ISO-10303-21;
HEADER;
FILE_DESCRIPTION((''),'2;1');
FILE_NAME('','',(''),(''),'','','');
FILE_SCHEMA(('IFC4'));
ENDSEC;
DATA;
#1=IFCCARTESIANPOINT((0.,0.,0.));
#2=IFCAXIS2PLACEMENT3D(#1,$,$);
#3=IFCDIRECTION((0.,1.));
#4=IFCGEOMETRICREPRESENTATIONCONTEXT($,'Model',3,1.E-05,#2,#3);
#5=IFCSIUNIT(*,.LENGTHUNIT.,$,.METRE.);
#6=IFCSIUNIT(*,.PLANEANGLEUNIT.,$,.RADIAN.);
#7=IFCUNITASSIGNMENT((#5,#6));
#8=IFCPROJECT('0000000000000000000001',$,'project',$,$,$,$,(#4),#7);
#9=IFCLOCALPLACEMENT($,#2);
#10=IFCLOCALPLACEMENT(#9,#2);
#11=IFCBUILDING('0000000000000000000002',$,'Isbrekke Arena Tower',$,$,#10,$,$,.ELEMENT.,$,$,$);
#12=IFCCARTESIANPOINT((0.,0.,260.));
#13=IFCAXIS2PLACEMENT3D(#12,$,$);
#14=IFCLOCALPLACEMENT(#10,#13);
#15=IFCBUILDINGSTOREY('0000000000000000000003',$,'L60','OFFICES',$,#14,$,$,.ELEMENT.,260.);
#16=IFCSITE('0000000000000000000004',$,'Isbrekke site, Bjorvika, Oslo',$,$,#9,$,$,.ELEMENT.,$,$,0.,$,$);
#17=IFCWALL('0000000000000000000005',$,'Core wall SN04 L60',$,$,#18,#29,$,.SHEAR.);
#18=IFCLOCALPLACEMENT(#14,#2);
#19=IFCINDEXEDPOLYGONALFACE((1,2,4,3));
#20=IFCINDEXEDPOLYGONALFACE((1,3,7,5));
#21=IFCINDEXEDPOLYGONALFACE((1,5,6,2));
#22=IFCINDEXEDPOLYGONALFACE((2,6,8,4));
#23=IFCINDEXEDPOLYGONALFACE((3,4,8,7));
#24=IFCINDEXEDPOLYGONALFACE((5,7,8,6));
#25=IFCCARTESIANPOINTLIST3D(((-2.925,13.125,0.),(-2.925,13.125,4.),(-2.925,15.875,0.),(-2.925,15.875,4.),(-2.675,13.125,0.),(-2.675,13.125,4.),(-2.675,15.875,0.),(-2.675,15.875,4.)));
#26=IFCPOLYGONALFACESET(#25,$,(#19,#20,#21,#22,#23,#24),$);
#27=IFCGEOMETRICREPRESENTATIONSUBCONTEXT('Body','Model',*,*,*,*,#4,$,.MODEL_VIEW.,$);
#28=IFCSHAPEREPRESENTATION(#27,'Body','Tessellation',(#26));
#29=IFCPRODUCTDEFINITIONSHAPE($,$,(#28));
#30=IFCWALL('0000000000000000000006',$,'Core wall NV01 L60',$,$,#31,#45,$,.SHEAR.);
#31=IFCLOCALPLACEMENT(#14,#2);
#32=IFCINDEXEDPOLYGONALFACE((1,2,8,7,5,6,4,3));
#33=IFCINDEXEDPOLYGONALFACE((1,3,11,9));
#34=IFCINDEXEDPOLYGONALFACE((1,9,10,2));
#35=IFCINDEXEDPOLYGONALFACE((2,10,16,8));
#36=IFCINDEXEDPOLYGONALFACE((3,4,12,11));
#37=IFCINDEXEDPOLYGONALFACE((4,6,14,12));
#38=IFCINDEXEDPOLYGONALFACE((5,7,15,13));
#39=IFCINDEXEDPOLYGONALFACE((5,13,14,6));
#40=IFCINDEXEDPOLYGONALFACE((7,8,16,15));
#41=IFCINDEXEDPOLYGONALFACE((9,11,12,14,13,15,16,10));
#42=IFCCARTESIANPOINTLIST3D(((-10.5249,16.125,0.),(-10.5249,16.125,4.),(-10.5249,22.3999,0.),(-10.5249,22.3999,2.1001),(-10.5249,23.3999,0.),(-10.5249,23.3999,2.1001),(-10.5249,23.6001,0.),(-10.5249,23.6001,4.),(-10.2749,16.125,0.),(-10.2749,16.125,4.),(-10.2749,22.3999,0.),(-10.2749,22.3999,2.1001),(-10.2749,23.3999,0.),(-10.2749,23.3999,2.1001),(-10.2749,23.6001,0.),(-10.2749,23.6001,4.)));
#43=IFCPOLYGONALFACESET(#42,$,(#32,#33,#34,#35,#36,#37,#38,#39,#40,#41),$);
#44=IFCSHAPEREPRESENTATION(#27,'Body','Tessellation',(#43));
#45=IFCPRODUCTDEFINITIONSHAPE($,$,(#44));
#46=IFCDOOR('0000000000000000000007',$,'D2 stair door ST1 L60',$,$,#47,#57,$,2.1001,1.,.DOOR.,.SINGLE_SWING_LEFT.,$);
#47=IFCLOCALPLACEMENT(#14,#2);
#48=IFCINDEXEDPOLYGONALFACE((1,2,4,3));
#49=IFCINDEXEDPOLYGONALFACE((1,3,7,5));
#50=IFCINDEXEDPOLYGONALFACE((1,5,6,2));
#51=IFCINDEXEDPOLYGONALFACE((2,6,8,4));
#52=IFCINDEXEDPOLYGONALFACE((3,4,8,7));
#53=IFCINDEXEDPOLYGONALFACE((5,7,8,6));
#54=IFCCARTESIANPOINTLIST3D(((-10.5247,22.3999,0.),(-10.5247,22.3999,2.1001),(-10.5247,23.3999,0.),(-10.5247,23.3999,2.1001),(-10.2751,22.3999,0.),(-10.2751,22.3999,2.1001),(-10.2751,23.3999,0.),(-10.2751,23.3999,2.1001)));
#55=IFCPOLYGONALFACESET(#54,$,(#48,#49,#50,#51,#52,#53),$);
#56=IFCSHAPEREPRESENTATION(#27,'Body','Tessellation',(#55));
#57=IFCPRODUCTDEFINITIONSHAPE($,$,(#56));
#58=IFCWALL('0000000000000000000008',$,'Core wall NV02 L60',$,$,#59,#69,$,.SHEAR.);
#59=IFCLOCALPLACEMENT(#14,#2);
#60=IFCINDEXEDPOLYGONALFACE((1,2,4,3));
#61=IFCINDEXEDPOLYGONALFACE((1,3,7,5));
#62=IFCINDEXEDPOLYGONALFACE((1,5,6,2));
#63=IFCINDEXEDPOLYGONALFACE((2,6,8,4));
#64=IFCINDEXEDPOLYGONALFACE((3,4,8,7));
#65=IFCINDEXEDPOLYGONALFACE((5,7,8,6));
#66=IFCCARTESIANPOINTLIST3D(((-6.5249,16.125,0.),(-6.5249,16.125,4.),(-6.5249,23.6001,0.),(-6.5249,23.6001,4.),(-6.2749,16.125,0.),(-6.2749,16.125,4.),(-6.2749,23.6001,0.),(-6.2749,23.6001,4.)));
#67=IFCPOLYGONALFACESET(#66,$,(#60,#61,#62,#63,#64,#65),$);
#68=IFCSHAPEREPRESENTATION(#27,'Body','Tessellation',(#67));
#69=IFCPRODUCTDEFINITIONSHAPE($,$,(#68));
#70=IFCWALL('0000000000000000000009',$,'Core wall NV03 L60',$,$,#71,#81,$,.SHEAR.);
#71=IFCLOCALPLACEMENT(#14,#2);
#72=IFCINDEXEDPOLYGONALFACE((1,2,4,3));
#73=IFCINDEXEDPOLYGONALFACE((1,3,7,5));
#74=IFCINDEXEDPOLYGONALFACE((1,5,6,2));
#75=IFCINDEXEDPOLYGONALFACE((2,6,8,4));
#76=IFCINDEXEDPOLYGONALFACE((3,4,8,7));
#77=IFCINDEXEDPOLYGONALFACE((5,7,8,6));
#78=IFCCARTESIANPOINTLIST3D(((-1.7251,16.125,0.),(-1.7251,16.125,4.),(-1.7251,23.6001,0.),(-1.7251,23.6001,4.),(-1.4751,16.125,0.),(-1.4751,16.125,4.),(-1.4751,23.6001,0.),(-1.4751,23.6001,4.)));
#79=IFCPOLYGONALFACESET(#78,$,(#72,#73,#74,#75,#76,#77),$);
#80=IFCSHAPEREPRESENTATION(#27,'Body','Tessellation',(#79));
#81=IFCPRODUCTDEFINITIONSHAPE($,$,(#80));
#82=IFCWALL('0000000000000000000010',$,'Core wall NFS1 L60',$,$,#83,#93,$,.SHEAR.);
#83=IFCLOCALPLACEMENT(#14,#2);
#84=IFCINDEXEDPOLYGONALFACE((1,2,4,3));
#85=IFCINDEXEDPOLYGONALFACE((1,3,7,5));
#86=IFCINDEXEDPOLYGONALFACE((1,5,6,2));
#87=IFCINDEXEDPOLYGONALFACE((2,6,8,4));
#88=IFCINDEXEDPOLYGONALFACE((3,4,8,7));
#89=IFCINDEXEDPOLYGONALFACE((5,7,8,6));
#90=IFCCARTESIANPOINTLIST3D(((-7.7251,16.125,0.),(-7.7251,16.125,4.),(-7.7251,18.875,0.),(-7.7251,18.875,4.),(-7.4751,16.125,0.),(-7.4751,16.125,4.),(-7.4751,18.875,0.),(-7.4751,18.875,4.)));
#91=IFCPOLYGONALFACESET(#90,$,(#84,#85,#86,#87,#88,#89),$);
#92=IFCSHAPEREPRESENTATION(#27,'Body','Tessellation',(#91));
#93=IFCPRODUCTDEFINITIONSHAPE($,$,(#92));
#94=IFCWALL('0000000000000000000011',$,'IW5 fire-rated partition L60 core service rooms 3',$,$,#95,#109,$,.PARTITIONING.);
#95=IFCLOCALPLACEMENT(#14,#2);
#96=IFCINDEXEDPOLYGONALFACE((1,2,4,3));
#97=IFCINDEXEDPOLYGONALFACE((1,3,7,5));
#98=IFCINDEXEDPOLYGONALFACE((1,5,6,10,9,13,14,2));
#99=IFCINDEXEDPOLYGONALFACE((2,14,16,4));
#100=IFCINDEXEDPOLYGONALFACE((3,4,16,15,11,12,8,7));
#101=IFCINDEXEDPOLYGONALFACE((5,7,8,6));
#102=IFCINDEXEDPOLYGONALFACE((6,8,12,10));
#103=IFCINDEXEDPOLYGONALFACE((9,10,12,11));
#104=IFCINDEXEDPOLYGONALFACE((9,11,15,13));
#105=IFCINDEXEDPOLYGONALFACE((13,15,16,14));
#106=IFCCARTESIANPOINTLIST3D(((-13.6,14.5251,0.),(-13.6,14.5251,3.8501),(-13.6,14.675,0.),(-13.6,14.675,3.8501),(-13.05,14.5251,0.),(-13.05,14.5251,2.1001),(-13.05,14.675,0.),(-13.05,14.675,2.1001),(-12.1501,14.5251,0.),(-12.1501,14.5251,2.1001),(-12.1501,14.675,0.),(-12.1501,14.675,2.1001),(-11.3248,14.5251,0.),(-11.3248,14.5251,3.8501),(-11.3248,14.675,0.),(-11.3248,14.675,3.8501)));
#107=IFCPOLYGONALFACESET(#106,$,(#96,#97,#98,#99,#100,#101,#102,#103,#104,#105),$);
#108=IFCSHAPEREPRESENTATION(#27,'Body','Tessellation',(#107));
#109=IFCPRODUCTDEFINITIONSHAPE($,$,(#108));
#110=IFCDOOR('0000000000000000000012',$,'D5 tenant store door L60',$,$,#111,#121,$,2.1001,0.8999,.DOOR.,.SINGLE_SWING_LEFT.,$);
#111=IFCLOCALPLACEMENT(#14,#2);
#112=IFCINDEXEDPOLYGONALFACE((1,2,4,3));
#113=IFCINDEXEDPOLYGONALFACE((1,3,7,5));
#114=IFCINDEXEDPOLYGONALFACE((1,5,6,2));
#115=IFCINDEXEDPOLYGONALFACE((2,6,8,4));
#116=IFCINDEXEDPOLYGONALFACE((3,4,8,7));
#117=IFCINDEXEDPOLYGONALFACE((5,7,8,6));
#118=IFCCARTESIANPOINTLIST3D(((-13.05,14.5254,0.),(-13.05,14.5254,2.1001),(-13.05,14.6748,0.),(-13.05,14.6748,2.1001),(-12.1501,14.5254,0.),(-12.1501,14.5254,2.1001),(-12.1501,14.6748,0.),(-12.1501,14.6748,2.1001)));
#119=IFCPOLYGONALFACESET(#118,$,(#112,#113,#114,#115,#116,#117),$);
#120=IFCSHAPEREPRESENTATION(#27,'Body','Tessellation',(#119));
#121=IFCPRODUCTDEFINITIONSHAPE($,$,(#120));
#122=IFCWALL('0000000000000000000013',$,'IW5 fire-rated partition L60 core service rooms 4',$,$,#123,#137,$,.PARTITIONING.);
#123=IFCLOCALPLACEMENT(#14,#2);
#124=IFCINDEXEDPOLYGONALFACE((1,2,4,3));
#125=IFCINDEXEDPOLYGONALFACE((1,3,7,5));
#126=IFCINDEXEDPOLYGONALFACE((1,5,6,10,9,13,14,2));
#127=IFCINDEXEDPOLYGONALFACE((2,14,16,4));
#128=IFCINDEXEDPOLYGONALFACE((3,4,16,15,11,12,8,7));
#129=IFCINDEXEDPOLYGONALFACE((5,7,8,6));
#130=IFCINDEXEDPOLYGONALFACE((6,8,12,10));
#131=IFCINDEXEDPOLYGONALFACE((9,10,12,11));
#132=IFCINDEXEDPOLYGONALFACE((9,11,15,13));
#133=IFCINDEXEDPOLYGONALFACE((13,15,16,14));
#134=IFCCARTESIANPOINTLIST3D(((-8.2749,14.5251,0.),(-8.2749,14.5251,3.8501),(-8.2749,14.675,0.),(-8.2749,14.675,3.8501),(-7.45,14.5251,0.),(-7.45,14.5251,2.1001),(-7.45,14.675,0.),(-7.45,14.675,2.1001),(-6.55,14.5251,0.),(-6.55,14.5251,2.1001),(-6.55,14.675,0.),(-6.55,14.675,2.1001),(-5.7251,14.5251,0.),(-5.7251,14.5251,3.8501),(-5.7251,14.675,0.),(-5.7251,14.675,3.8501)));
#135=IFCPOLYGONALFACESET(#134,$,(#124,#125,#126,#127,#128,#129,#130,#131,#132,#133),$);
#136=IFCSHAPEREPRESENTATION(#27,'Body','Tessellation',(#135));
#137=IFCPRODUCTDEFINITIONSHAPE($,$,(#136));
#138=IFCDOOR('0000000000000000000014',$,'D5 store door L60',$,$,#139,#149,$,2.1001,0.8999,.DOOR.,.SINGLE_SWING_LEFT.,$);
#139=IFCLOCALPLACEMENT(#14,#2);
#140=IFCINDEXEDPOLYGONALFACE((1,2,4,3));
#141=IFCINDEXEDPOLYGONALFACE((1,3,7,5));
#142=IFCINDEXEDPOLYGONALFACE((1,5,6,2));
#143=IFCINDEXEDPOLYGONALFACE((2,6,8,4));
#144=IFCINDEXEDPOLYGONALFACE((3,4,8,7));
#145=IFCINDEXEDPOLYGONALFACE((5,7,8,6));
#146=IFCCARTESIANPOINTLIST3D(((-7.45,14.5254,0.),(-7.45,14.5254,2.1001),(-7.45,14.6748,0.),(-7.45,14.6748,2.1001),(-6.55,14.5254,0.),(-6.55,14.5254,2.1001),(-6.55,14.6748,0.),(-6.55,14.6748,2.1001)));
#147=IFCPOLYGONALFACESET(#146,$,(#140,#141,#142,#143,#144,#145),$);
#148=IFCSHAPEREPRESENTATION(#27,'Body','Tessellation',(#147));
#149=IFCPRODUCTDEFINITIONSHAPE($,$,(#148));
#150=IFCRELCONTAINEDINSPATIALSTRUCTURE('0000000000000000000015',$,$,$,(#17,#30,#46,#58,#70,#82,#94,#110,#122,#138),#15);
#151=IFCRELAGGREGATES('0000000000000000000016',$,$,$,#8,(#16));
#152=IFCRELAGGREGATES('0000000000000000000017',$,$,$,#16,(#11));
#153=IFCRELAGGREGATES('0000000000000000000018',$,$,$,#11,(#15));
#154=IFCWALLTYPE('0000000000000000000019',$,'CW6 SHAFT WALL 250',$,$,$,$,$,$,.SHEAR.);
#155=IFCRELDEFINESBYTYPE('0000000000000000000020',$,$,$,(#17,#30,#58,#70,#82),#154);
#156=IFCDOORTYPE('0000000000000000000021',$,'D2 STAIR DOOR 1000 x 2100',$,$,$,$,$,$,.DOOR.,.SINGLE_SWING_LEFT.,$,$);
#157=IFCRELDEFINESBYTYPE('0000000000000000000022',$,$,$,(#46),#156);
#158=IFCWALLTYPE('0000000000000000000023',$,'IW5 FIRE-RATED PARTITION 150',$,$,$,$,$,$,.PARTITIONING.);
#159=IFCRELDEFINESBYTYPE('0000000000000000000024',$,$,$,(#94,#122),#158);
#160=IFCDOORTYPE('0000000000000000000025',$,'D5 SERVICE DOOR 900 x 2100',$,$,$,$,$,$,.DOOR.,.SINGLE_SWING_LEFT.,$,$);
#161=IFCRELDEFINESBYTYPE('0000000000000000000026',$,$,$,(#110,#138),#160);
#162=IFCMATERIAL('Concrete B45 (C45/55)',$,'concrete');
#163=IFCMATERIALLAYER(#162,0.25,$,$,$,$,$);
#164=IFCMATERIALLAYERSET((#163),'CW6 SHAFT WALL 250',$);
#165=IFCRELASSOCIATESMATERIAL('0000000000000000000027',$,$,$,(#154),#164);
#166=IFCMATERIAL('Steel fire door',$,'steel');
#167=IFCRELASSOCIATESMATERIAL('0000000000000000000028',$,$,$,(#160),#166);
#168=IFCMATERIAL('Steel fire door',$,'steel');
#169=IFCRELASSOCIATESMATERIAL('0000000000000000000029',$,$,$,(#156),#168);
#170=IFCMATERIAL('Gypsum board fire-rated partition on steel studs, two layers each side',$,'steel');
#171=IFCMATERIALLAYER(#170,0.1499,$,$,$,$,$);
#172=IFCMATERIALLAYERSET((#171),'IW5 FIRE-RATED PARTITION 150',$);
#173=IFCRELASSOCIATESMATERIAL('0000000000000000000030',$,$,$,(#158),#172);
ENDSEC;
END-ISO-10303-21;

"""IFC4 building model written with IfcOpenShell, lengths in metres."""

from ifc_helpers import new_model, si_unit, direction, frame, frame_2d, origin, place, context, subcontext, project, spatial, rectangle, extrude, material, layer, layer_set, type_object, element, fill, save


model = new_model("IFC4")

# Units and contexts
model_context = context("Model", 3, precision=1e-05, world=origin(), true_north=direction((0.0, 1.0)))
body_context = subcontext(model_context, "Body", "Model", "MODEL_VIEW")
ifc_project = project(units=[si_unit("LENGTHUNIT", "METRE"), si_unit("PLANEANGLEUNIT", "RADIAN")], contexts=[model_context])

# Site, building, storey
site_placement = place(None, origin())
site = spatial("IfcSite", under=ifc_project, at=site_placement, Name="Isbrekke site, Bjorvika, Oslo", CompositionType="ELEMENT", RefElevation=0.0)
building_placement = place(site_placement, origin())
building = spatial("IfcBuilding", under=site, at=building_placement, Name="Isbrekke Arena Tower", CompositionType="ELEMENT")
storey_placement = place(building_placement, frame((0.0, 0.0, 260.0)))
storey = spatial("IfcBuildingStorey", under=building, at=storey_placement, Name="L60", Description="OFFICES", CompositionType="ELEMENT", Elevation=260.0)

# Shared definitions
ifc_material_1 = material(Name="Concrete B45 (C45/55)", Category="concrete")
ifc_layer_1 = layer(ifc_material_1, 0.25)
ifc_layer_set_1 = layer_set([ifc_layer_1], Name="CW6 SHAFT WALL 250")
wall_type_1 = type_object("IfcWallType", Name="CW6 SHAFT WALL 250", PredefinedType="SHEAR", material=ifc_layer_set_1)
ifc_material_2 = material(Name="Steel fire door", Category="steel")
door_type_1 = type_object("IfcDoorType", Name="D5 SERVICE DOOR 900 x 2100", OperationType="SINGLE_SWING_LEFT", PredefinedType="DOOR", material=ifc_material_2)

# Wall
for number, where, z_axis, x_axis, name in (
    (1, (-2.8, 13.125, 0.0), (0.0, 0.0, 1.0), (0.0, 1.0, 0.0), "Core wall SN04 L60"),
):
    element("IfcWall", number, at=place(storey_placement, frame(where, z_axis=z_axis, x_axis=x_axis)), inside=storey, type_object=wall_type_1, Name=name, PredefinedType="SHEAR", context=body_context, shape_type="SweptSolid", body=[
        extrude(rectangle(XDim=2.75, YDim=0.25, at=frame_2d((1.375, 0.0))), origin(), (0.0, 0.0, 1.0), 4.0),
    ])

# Wall, opening, door
wall_1_placement = place(storey_placement, frame((-10.3999, 16.125, 0.0), z_axis=(0.0, 0.0, 1.0), x_axis=(0.0, 1.0, 0.0)))
wall_1 = element("IfcWall", 2, at=wall_1_placement, inside=storey, type_object=wall_type_1, Name="Core wall NV01 L60", PredefinedType="SHEAR", context=body_context, shape_type="SweptSolid", body=[
    extrude(rectangle(XDim=7.4751, YDim=0.25, at=frame_2d((3.7375, 0.0))), origin(), (0.0, 0.0, 1.0), 4.0),
])
opening_1_placement = place(wall_1_placement, frame((6.2749, 0.0, 0.0)))
opening_1 = element("IfcOpeningElement", 3, at=opening_1_placement, cuts=wall_1, PredefinedType="OPENING", context=body_context, shape_type="SweptSolid", body=[
    extrude(rectangle(XDim=1.0, YDim=2.1001, at=frame_2d((0.5, 1.05))), frame((0.0, 0.1399, 0.0), z_axis=(0.0, -1.0, 0.0), x_axis=(1.0, 0.0, 0.0)), (0.0, 0.0, 1.0), 0.2798),
])
ifc_material_3 = material(Name="Steel fire door", Category="steel")
door_type_2 = type_object("IfcDoorType", Name="D2 STAIR DOOR 1000 x 2100", OperationType="SINGLE_SWING_LEFT", PredefinedType="DOOR", material=ifc_material_3)
door_1_placement = place(opening_1_placement, origin())
door_1 = element("IfcDoor", 4, at=door_1_placement, inside=storey, type_object=door_type_2, Name="D2 stair door ST1 L60", OperationType="SINGLE_SWING_LEFT", OverallHeight=2.1001, OverallWidth=1.0, PredefinedType="DOOR", context=body_context, shape_type="SweptSolid", body=[
    extrude(rectangle(XDim=1.0, YDim=2.1001, at=frame_2d((0.5, 1.05))), frame((0.0, 0.1248, 0.0), z_axis=(0.0, -1.0, 0.0), x_axis=(1.0, 0.0, 0.0)), (0.0, 0.0, 1.0), 0.2495),
])
fill(opening_1, door_1)

# Walls
for number, where, z_axis, x_axis, name in (
    (5, (-6.3999, 16.125, 0.0), (0.0, 0.0, 1.0), (0.0, 1.0, 0.0), "Core wall NV02 L60"),
    (6, (-1.6001, 16.125, 0.0), (0.0, 0.0, 1.0), (0.0, 1.0, 0.0), "Core wall NV03 L60"),
):
    element("IfcWall", number, at=place(storey_placement, frame(where, z_axis=z_axis, x_axis=x_axis)), inside=storey, type_object=wall_type_1, Name=name, PredefinedType="SHEAR", context=body_context, shape_type="SweptSolid", body=[
        extrude(rectangle(XDim=7.4751, YDim=0.25, at=frame_2d((3.7375, 0.0))), origin(), (0.0, 0.0, 1.0), 4.0),
    ])
wall_2_placement = place(storey_placement, frame((-7.6001, 16.125, 0.0), z_axis=(0.0, 0.0, 1.0), x_axis=(0.0, 1.0, 0.0)))
element("IfcWall", 7, at=wall_2_placement, inside=storey, type_object=wall_type_1, Name="Core wall NFS1 L60", PredefinedType="SHEAR", context=body_context, shape_type="SweptSolid", body=[
    extrude(rectangle(XDim=2.75, YDim=0.25, at=frame_2d((1.375, 0.0))), origin(), (0.0, 0.0, 1.0), 4.0),
])

# Walls, openings, doors
ifc_material_4 = material(Name="Gypsum board fire-rated partition on steel studs, two layers each side", Category="steel")
ifc_layer_2 = layer(ifc_material_4, 0.1499)
ifc_layer_set_2 = layer_set([ifc_layer_2], Name="IW5 FIRE-RATED PARTITION 150")
wall_type_2 = type_object("IfcWallType", Name="IW5 FIRE-RATED PARTITION 150", PredefinedType="PARTITIONING", material=ifc_layer_set_2)
wall_3_placement = place(storey_placement, frame((-13.6001, 14.6001, 0.0), z_axis=(0.0, 0.0, 1.0), x_axis=(1.0, 0.0, 0.0)))
wall_3 = element("IfcWall", 8, at=wall_3_placement, inside=storey, type_object=wall_type_2, Name="IW5 fire-rated partition L60 core service rooms 3", PredefinedType="PARTITIONING", context=body_context, shape_type="SweptSolid", body=[
    extrude(rectangle(XDim=2.2751, YDim=0.1499, at=frame_2d((1.1377, 0.0))), origin(), (0.0, 0.0, 1.0), 3.8501),
])
opening_2_placement = place(wall_3_placement, frame((0.55, 0.0, 0.0)))
opening_2 = element("IfcOpeningElement", 9, at=opening_2_placement, cuts=wall_3, PredefinedType="OPENING", context=body_context, shape_type="SweptSolid", body=[
    extrude(rectangle(XDim=0.8999, YDim=2.1001, at=frame_2d((0.45, 1.05))), frame((0.0, 0.0898, 0.0), z_axis=(0.0, -1.0, 0.0), x_axis=(1.0, 0.0, 0.0)), (0.0, 0.0, 1.0), 0.1797),
])
door_2_placement = place(opening_2_placement, origin())
door_2 = element("IfcDoor", 10, at=door_2_placement, inside=storey, type_object=door_type_1, Name="D5 tenant store door L60", OperationType="SINGLE_SWING_LEFT", OverallHeight=2.1001, OverallWidth=0.8999, PredefinedType="DOOR", context=body_context, shape_type="SweptSolid", body=[
    extrude(rectangle(XDim=0.8999, YDim=2.1001, at=frame_2d((0.45, 1.05))), frame((0.0, 0.0747, 0.0), z_axis=(0.0, -1.0, 0.0), x_axis=(1.0, 0.0, 0.0)), (0.0, 0.0, 1.0), 0.1494),
])
fill(opening_2, door_2)
wall_4_placement = place(storey_placement, frame((-8.2749, 14.6001, 0.0), z_axis=(0.0, 0.0, 1.0), x_axis=(1.0, 0.0, 0.0)))
wall_4 = element("IfcWall", 11, at=wall_4_placement, inside=storey, type_object=wall_type_2, Name="IW5 fire-rated partition L60 core service rooms 4", PredefinedType="PARTITIONING", context=body_context, shape_type="SweptSolid", body=[
    extrude(rectangle(XDim=2.5498, YDim=0.1499, at=frame_2d((1.2749, 0.0))), origin(), (0.0, 0.0, 1.0), 3.8501),
])
opening_3_placement = place(wall_4_placement, frame((0.825, 0.0, 0.0)))
opening_3 = element("IfcOpeningElement", 12, at=opening_3_placement, cuts=wall_4, PredefinedType="OPENING", context=body_context, shape_type="SweptSolid", body=[
    extrude(rectangle(XDim=0.8999, YDim=2.1001, at=frame_2d((0.45, 1.05))), frame((0.0, 0.0898, 0.0), z_axis=(0.0, -1.0, 0.0), x_axis=(1.0, 0.0, 0.0)), (0.0, 0.0, 1.0), 0.1797),
])
door_3_placement = place(opening_3_placement, origin())
door_3 = element("IfcDoor", 13, at=door_3_placement, inside=storey, type_object=door_type_1, Name="D5 store door L60", OperationType="SINGLE_SWING_LEFT", OverallHeight=2.1001, OverallWidth=0.8999, PredefinedType="DOOR", context=body_context, shape_type="SweptSolid", body=[
    extrude(rectangle(XDim=0.8999, YDim=2.1001, at=frame_2d((0.45, 1.05))), frame((0.0, 0.0747, 0.0), z_axis=(0.0, -1.0, 0.0), x_axis=(1.0, 0.0, 0.0)), (0.0, 0.0, 1.0), 0.1494),
])
fill(opening_3, door_3)

save(model, "model.ifc")
